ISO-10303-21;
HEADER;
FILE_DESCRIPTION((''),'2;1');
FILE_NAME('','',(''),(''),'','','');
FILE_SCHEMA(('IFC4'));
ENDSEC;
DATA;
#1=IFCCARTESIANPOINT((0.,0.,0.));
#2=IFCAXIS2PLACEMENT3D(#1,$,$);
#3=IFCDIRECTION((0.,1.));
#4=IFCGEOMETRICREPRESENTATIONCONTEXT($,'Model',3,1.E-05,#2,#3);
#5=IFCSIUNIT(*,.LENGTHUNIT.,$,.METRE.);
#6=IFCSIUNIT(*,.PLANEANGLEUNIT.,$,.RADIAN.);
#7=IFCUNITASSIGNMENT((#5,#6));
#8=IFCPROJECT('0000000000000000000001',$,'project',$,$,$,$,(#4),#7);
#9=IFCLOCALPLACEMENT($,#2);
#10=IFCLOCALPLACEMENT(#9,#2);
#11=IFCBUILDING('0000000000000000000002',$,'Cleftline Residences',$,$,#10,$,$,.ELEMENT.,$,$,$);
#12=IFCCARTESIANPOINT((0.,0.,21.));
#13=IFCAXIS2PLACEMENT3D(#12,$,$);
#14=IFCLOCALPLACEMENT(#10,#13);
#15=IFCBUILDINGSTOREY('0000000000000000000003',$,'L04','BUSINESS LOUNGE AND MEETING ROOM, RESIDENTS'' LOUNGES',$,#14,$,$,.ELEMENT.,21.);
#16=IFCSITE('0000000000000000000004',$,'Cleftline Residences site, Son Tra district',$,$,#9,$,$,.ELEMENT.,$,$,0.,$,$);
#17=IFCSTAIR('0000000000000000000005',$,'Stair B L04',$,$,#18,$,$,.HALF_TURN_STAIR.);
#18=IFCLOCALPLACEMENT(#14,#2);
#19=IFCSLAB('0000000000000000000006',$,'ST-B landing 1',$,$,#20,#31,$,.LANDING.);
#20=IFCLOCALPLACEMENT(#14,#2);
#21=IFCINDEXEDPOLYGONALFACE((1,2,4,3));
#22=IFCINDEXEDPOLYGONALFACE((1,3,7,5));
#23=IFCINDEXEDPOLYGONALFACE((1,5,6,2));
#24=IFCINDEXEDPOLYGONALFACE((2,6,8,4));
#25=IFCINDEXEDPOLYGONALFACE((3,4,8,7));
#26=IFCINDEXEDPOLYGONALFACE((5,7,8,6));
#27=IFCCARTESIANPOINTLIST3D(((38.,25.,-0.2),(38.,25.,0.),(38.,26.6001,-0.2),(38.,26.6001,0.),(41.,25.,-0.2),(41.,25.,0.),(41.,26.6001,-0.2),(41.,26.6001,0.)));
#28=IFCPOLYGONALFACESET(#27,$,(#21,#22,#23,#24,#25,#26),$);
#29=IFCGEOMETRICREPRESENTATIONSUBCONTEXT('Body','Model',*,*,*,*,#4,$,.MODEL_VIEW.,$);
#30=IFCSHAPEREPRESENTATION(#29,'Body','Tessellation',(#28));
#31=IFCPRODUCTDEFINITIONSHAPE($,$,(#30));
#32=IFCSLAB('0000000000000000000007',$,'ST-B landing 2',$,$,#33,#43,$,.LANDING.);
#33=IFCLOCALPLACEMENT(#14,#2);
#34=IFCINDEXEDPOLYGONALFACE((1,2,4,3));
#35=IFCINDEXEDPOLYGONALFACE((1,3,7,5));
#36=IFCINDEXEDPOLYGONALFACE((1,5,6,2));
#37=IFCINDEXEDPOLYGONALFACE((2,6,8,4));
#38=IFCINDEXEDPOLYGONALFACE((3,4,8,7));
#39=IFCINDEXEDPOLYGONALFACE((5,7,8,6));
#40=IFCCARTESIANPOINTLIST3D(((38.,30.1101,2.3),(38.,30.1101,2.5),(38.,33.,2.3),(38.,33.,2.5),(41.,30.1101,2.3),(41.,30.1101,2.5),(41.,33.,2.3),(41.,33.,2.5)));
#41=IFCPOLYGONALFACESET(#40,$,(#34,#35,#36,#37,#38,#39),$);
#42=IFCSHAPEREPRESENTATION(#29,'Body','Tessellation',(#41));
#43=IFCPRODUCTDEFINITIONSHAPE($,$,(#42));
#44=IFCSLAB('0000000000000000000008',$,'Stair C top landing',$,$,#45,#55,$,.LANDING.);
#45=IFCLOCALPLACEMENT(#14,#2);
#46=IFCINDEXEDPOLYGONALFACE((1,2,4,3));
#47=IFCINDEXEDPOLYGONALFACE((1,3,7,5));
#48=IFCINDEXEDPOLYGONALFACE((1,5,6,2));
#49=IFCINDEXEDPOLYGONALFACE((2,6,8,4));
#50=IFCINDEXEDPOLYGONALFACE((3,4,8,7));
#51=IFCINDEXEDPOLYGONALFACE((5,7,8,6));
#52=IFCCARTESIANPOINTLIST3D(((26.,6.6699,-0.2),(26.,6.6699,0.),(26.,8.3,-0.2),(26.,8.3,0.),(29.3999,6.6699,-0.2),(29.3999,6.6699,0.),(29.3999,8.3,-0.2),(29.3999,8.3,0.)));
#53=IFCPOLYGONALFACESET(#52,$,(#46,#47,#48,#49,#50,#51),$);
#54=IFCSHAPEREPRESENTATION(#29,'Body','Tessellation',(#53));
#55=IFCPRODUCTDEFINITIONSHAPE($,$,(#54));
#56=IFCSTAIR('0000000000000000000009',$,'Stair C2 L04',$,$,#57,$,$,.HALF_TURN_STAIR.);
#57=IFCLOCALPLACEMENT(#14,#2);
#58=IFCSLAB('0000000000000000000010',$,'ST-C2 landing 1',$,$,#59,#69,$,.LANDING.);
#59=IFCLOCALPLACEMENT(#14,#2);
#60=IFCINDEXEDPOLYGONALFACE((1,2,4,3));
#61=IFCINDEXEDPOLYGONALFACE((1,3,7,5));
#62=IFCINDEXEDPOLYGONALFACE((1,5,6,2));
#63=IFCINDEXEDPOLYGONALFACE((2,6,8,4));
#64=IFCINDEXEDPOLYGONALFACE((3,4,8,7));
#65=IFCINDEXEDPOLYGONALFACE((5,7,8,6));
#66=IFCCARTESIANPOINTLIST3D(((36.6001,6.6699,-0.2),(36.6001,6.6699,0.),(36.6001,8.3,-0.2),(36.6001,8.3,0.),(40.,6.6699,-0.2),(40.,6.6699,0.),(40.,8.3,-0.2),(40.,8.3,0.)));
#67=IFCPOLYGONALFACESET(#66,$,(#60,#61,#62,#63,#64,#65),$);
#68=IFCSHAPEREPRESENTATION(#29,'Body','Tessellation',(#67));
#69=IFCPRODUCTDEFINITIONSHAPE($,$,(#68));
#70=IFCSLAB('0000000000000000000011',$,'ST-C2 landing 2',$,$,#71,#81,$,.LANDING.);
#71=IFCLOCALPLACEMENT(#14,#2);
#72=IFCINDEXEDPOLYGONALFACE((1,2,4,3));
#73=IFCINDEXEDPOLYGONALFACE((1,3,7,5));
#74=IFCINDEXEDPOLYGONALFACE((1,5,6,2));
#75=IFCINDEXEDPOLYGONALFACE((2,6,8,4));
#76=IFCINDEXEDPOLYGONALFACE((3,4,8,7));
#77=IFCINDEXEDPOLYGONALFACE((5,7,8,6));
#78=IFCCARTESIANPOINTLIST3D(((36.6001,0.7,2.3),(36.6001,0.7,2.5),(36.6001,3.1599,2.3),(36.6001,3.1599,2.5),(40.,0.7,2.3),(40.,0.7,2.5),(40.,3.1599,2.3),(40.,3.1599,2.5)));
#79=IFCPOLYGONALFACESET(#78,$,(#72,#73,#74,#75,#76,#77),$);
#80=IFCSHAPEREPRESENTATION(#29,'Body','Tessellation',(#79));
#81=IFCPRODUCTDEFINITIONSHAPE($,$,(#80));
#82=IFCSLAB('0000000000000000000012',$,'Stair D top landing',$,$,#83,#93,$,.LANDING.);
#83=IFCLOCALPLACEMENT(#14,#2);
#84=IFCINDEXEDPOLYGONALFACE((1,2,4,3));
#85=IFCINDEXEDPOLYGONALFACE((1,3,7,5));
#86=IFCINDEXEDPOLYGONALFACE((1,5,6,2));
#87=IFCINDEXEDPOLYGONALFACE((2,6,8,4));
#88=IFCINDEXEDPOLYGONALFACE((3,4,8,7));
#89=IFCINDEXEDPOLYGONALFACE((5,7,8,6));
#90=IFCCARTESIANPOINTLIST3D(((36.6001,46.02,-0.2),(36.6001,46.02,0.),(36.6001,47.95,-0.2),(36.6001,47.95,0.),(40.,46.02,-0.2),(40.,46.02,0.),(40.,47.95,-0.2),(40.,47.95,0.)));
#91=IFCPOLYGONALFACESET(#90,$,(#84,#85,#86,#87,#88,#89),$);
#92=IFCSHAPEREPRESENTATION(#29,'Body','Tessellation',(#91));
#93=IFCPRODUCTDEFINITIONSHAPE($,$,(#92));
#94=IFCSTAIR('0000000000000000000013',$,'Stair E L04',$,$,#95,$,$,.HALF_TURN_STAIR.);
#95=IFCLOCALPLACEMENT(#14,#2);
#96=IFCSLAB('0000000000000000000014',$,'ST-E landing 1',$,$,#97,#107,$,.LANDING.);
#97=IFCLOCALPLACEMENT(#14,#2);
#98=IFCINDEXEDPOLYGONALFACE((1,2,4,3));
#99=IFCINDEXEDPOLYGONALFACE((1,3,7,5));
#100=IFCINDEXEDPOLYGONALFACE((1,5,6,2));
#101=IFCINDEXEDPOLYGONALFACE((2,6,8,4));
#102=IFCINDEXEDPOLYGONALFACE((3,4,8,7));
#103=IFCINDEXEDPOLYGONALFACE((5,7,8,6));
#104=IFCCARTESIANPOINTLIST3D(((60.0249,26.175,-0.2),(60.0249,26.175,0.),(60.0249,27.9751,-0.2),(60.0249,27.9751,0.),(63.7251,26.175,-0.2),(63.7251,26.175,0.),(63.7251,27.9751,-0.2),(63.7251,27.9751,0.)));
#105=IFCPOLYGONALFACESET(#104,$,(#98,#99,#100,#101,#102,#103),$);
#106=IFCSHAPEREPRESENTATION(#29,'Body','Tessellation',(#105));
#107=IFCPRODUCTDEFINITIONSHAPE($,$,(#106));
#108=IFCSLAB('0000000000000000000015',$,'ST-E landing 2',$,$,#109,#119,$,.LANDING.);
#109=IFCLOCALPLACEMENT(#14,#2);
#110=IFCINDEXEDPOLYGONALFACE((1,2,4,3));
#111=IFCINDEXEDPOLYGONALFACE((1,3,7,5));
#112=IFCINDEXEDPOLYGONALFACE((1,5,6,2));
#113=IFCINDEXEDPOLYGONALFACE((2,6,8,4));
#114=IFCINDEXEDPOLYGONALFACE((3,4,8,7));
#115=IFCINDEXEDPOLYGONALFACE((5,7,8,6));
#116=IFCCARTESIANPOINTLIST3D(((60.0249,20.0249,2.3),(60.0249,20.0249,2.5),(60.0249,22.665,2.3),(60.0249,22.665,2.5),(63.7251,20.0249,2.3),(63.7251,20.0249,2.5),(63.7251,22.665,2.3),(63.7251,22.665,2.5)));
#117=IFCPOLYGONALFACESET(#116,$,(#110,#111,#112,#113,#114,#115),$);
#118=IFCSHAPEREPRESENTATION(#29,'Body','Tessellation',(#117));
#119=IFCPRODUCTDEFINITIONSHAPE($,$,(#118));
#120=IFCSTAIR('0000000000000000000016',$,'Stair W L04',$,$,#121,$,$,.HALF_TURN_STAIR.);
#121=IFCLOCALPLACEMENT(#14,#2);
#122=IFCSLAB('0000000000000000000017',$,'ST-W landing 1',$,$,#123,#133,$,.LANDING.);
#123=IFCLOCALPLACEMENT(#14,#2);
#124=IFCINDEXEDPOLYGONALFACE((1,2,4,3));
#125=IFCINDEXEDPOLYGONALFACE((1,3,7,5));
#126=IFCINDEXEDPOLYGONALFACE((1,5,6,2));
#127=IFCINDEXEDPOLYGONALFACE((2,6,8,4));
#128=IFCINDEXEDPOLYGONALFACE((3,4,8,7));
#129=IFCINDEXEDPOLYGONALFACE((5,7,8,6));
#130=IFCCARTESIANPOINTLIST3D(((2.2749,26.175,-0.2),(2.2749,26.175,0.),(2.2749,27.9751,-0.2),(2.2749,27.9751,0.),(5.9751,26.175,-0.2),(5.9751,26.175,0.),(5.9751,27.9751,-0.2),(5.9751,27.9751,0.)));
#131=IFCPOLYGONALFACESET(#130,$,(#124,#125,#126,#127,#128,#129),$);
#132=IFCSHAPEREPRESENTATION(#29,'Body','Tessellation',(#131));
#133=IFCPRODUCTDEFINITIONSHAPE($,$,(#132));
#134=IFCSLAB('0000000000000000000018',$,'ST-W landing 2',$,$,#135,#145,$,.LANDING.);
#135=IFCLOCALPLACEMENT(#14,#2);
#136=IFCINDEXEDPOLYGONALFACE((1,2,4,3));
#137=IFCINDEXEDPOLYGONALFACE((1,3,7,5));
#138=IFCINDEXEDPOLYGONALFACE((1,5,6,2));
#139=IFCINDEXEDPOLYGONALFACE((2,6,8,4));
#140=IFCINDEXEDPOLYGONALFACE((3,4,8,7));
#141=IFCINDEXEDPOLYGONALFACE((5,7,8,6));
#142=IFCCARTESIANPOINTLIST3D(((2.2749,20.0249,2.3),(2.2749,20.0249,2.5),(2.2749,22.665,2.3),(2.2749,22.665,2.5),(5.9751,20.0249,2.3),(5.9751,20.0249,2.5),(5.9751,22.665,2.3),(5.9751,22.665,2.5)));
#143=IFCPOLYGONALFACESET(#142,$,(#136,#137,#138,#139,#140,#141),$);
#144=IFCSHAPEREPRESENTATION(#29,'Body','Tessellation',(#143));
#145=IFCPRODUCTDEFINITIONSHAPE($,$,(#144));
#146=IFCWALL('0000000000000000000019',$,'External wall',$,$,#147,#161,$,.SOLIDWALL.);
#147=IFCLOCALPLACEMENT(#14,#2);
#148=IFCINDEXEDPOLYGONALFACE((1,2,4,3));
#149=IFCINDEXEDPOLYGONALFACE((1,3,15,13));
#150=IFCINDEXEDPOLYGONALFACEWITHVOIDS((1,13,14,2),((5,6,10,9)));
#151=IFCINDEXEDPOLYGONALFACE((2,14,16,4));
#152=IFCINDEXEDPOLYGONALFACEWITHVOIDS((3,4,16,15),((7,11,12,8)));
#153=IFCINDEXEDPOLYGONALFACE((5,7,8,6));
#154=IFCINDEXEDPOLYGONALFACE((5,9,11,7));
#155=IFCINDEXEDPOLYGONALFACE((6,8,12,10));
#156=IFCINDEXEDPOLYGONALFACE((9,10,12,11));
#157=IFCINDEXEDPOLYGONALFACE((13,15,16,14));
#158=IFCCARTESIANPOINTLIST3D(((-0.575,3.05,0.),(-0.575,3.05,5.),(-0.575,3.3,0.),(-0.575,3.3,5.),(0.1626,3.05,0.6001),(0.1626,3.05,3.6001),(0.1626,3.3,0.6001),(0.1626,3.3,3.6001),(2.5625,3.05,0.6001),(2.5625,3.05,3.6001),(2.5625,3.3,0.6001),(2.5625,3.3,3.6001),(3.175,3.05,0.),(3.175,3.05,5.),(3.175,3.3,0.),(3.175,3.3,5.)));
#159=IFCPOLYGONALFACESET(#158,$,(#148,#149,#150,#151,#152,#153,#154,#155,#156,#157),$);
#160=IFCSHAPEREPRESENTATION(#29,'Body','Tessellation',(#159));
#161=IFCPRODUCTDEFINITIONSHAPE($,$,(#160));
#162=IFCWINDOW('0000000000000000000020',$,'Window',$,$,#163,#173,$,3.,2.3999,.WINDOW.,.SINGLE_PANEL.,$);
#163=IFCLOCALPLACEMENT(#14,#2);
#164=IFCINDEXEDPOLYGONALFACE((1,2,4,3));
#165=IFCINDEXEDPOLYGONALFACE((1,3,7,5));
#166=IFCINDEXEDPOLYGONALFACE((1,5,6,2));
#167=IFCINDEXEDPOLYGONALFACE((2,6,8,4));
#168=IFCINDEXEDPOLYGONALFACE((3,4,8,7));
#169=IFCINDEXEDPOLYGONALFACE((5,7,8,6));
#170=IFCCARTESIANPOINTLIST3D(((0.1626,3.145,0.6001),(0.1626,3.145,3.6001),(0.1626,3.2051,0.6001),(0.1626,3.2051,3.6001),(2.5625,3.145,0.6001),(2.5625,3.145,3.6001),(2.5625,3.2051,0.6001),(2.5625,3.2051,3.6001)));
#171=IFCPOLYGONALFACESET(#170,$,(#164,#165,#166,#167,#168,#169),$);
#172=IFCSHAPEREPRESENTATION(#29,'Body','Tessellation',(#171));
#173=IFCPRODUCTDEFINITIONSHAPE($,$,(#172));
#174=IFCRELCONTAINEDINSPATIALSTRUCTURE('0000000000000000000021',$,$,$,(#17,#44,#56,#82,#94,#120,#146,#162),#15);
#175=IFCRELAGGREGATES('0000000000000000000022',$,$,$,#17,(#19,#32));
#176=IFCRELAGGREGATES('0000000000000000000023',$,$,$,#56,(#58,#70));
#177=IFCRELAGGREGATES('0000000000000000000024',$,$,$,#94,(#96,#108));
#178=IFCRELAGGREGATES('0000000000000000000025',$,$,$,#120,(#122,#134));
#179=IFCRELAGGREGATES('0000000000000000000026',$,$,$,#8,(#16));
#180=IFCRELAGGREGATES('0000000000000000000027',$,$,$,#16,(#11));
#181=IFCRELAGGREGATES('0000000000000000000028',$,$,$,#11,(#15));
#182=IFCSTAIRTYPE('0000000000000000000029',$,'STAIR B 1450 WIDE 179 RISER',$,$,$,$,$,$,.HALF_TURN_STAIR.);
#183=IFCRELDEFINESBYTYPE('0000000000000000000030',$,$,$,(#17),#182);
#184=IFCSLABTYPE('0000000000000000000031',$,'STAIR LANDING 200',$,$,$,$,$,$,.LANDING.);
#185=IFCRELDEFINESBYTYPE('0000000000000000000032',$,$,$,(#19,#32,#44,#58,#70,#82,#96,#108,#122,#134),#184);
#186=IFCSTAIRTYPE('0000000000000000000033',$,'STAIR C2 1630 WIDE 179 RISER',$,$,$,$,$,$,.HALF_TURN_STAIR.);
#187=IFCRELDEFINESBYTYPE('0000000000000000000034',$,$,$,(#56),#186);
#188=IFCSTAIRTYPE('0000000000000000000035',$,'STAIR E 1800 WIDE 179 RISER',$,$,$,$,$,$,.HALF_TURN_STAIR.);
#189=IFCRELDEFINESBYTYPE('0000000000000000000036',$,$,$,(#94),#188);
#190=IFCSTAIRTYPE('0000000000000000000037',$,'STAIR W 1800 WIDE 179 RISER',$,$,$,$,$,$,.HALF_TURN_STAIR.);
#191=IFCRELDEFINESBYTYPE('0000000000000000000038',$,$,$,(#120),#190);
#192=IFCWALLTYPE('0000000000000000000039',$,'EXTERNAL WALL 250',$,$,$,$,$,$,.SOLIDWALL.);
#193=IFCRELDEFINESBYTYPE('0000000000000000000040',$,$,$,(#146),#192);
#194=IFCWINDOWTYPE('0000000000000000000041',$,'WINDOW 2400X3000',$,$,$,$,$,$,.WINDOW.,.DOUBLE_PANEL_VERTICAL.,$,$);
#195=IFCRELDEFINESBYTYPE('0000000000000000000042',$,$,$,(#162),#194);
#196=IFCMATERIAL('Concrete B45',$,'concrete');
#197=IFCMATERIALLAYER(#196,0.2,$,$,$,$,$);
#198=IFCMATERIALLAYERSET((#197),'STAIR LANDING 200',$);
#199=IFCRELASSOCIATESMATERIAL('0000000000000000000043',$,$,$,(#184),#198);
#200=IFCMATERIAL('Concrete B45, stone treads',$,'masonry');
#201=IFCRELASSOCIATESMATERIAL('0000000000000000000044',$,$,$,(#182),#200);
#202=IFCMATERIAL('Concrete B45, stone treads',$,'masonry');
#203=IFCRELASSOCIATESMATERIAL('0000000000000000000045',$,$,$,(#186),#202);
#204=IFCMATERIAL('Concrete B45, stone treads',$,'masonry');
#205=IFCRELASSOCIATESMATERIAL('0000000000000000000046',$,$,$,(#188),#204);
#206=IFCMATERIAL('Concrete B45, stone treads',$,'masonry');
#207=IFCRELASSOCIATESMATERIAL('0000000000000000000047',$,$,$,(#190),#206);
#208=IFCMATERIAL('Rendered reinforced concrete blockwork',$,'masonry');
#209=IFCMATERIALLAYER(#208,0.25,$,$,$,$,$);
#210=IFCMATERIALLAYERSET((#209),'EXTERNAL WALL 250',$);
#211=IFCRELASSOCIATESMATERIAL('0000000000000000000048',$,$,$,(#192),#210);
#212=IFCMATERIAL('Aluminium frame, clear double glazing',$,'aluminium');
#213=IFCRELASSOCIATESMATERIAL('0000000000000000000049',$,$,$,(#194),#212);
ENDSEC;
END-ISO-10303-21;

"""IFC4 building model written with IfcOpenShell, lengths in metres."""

from ifc_helpers import new_model, si_unit, direction, frame, frame_2d, origin, place, context, subcontext, project, spatial, polyline, rectangle, outline, extrude, material, layer, layer_set, type_object, element, fill, aggregate, save


model = new_model("IFC4")

# Units and contexts
model_context = context("Model", 3, precision=1e-05, world=origin(), true_north=direction((0.0, 1.0)))
body_context = subcontext(model_context, "Body", "Model", "MODEL_VIEW")
ifc_project = project(units=[si_unit("LENGTHUNIT", "METRE"), si_unit("PLANEANGLEUNIT", "RADIAN")], contexts=[model_context])

# Site, building, storey
site_placement = place(None, origin())
site = spatial("IfcSite", under=ifc_project, at=site_placement, Name="Cleftline Residences site, Son Tra district", CompositionType="ELEMENT", RefElevation=0.0)
building_placement = place(site_placement, origin())
building = spatial("IfcBuilding", under=site, at=building_placement, Name="Cleftline Residences", CompositionType="ELEMENT")
storey_placement = place(building_placement, frame((0.0, 0.0, 21.0)))
storey = spatial("IfcBuildingStorey", under=building, at=storey_placement, Name="L04", Description="BUSINESS LOUNGE AND MEETING ROOM, RESIDENTS' LOUNGES", CompositionType="ELEMENT", Elevation=21.0)

# Stair, slabs
ifc_material_1 = material(Name="Concrete B45", Category="concrete")
ifc_layer_1 = layer(ifc_material_1, 0.2)
ifc_layer_set_1 = layer_set([ifc_layer_1], Name="STAIR LANDING 200")
slab_type_1 = type_object("IfcSlabType", Name="STAIR LANDING 200", PredefinedType="LANDING", material=ifc_layer_set_1)
ifc_material_2 = material(Name="Concrete B45, stone treads", Category="masonry")
stair_type_1 = type_object("IfcStairType", Name="STAIR B 1450 WIDE 179 RISER", PredefinedType="HALF_TURN_STAIR", material=ifc_material_2)
stair_1_placement = place(storey_placement, origin())
stair_1 = element("IfcStair", 1, at=stair_1_placement, inside=storey, type_object=stair_type_1, Name="Stair B L04", PredefinedType="HALF_TURN_STAIR")
slab_1_placement = place(storey_placement, frame((0.0, 0.0, -0.2)))
slab_1 = element("IfcSlab", 2, at=slab_1_placement, type_object=slab_type_1, Name="ST-B landing 1", PredefinedType="LANDING", context=body_context, shape_type="SweptSolid", body=[
    extrude(outline(polyline([(38.0, 25.0), (41.0, 25.0), (41.0, 26.6001), (38.0, 26.6001), (38.0, 25.0)])), origin(), (0.0, 0.0, 1.0), 0.2),
])
slab_2_placement = place(storey_placement, frame((0.0, 0.0, 2.3)))
slab_2 = element("IfcSlab", 3, at=slab_2_placement, type_object=slab_type_1, Name="ST-B landing 2", PredefinedType="LANDING", context=body_context, shape_type="SweptSolid", body=[
    extrude(outline(polyline([(38.0, 30.1101), (41.0, 30.1101), (41.0, 33.0), (38.0, 33.0), (38.0, 30.1101)])), origin(), (0.0, 0.0, 1.0), 0.2),
])
aggregate(stair_1, [slab_1, slab_2])

# Slab
slab_3_placement = place(storey_placement, frame((0.0, 0.0, -0.2)))
element("IfcSlab", 4, at=slab_3_placement, inside=storey, type_object=slab_type_1, Name="Stair C top landing", PredefinedType="LANDING", context=body_context, shape_type="SweptSolid", body=[
    extrude(outline(polyline([(26.0, 6.6699), (29.3999, 6.6699), (29.3999, 8.3), (26.0, 8.3), (26.0, 6.6699)])), origin(), (0.0, 0.0, 1.0), 0.2),
])

# Stair, slabs
ifc_material_3 = material(Name="Concrete B45, stone treads", Category="masonry")
stair_type_2 = type_object("IfcStairType", Name="STAIR C2 1630 WIDE 179 RISER", PredefinedType="HALF_TURN_STAIR", material=ifc_material_3)
stair_2_placement = place(storey_placement, origin())
stair_2 = element("IfcStair", 5, at=stair_2_placement, inside=storey, type_object=stair_type_2, Name="Stair C2 L04", PredefinedType="HALF_TURN_STAIR")
slab_4_placement = place(storey_placement, frame((0.0, 0.0, -0.2)))
slab_4 = element("IfcSlab", 6, at=slab_4_placement, type_object=slab_type_1, Name="ST-C2 landing 1", PredefinedType="LANDING", context=body_context, shape_type="SweptSolid", body=[
    extrude(outline(polyline([(36.6001, 6.6699), (40.0, 6.6699), (40.0, 8.3), (36.6001, 8.3), (36.6001, 6.6699)])), origin(), (0.0, 0.0, 1.0), 0.2),
])
slab_5_placement = place(storey_placement, frame((0.0, 0.0, 2.3)))
slab_5 = element("IfcSlab", 7, at=slab_5_placement, type_object=slab_type_1, Name="ST-C2 landing 2", PredefinedType="LANDING", context=body_context, shape_type="SweptSolid", body=[
    extrude(outline(polyline([(36.6001, 0.7), (40.0, 0.7), (40.0, 3.1599), (36.6001, 3.1599), (36.6001, 0.7)])), origin(), (0.0, 0.0, 1.0), 0.2),
])
aggregate(stair_2, [slab_4, slab_5])

# Slab
slab_6_placement = place(storey_placement, frame((0.0, 0.0, -0.2)))
element("IfcSlab", 8, at=slab_6_placement, inside=storey, type_object=slab_type_1, Name="Stair D top landing", PredefinedType="LANDING", context=body_context, shape_type="SweptSolid", body=[
    extrude(outline(polyline([(36.6001, 46.02), (40.0, 46.02), (40.0, 47.95), (36.6001, 47.95), (36.6001, 46.02)])), origin(), (0.0, 0.0, 1.0), 0.2),
])

# Stairs, slabs
ifc_material_4 = material(Name="Concrete B45, stone treads", Category="masonry")
stair_type_3 = type_object("IfcStairType", Name="STAIR E 1800 WIDE 179 RISER", PredefinedType="HALF_TURN_STAIR", material=ifc_material_4)
stair_3_placement = place(storey_placement, origin())
stair_3 = element("IfcStair", 9, at=stair_3_placement, inside=storey, type_object=stair_type_3, Name="Stair E L04", PredefinedType="HALF_TURN_STAIR")
slab_7_placement = place(storey_placement, frame((0.0, 0.0, -0.2)))
slab_7 = element("IfcSlab", 10, at=slab_7_placement, type_object=slab_type_1, Name="ST-E landing 1", PredefinedType="LANDING", context=body_context, shape_type="SweptSolid", body=[
    extrude(outline(polyline([(60.0249, 26.175), (63.7251, 26.175), (63.7251, 27.9751), (60.0249, 27.9751), (60.0249, 26.175)])), origin(), (0.0, 0.0, 1.0), 0.2),
])
slab_8_placement = place(storey_placement, frame((0.0, 0.0, 2.3)))
slab_8 = element("IfcSlab", 11, at=slab_8_placement, type_object=slab_type_1, Name="ST-E landing 2", PredefinedType="LANDING", context=body_context, shape_type="SweptSolid", body=[
    extrude(outline(polyline([(60.0249, 20.0249), (63.7251, 20.0249), (63.7251, 22.665), (60.0249, 22.665), (60.0249, 20.0249)])), origin(), (0.0, 0.0, 1.0), 0.2),
])
aggregate(stair_3, [slab_7, slab_8])
ifc_material_5 = material(Name="Concrete B45, stone treads", Category="masonry")
stair_type_4 = type_object("IfcStairType", Name="STAIR W 1800 WIDE 179 RISER", PredefinedType="HALF_TURN_STAIR", material=ifc_material_5)
stair_4_placement = place(storey_placement, origin())
stair_4 = element("IfcStair", 12, at=stair_4_placement, inside=storey, type_object=stair_type_4, Name="Stair W L04", PredefinedType="HALF_TURN_STAIR")
slab_9_placement = place(storey_placement, frame((0.0, 0.0, -0.2)))
slab_9 = element("IfcSlab", 13, at=slab_9_placement, type_object=slab_type_1, Name="ST-W landing 1", PredefinedType="LANDING", context=body_context, shape_type="SweptSolid", body=[
    extrude(outline(polyline([(2.2749, 26.175), (5.9751, 26.175), (5.9751, 27.9751), (2.2749, 27.9751), (2.2749, 26.175)])), origin(), (0.0, 0.0, 1.0), 0.2),
])
slab_10_placement = place(storey_placement, frame((0.0, 0.0, 2.3)))
slab_10 = element("IfcSlab", 14, at=slab_10_placement, type_object=slab_type_1, Name="ST-W landing 2", PredefinedType="LANDING", context=body_context, shape_type="SweptSolid", body=[
    extrude(outline(polyline([(2.2749, 20.0249), (5.9751, 20.0249), (5.9751, 22.665), (2.2749, 22.665), (2.2749, 20.0249)])), origin(), (0.0, 0.0, 1.0), 0.2),
])
aggregate(stair_4, [slab_9, slab_10])

# Wall, opening, window
ifc_material_6 = material(Name="Rendered reinforced concrete blockwork", Category="masonry")
ifc_layer_2 = layer(ifc_material_6, 0.25)
ifc_layer_set_2 = layer_set([ifc_layer_2], Name="EXTERNAL WALL 250")
wall_type = type_object("IfcWallType", Name="EXTERNAL WALL 250", PredefinedType="SOLIDWALL", material=ifc_layer_set_2)
wall_1_placement = place(storey_placement, frame((-0.575, 3.175, 0.0), z_axis=(0.0, 0.0, 1.0), x_axis=(1.0, 0.0, 0.0)))
wall_1 = element("IfcWall", 15, at=wall_1_placement, inside=storey, type_object=wall_type, Name="External wall", PredefinedType="SOLIDWALL", context=body_context, shape_type="SweptSolid", body=[
    extrude(rectangle(XDim=3.75, YDim=0.25, at=frame_2d((1.875, 0.0))), origin(), (0.0, 0.0, 1.0), 5.0),
])
opening_1_placement = place(wall_1_placement, frame((0.7375, 0.0, 0.6001)))
opening_1 = element("IfcOpeningElement", 16, at=opening_1_placement, cuts=wall_1, PredefinedType="OPENING", context=body_context, shape_type="SweptSolid", body=[
    extrude(rectangle(XDim=2.3999, YDim=3.0, at=frame_2d((1.2, 1.5))), frame((0.0, 0.135, 0.0), z_axis=(0.0, -1.0, 0.0), x_axis=(1.0, 0.0, 0.0)), (0.0, 0.0, 1.0), 0.27),
])
ifc_material_7 = material(Name="Aluminium frame, clear double glazing", Category="aluminium")
window_type = type_object("IfcWindowType", Name="WINDOW 2400X3000", PartitioningType="DOUBLE_PANEL_VERTICAL", PredefinedType="WINDOW", material=ifc_material_7)
window_1_placement = place(opening_1_placement, origin())
window_1 = element("IfcWindow", 17, at=window_1_placement, inside=storey, type_object=window_type, Name="Window", OverallHeight=3.0, OverallWidth=2.3999, PartitioningType="SINGLE_PANEL", PredefinedType="WINDOW", context=body_context, shape_type="SweptSolid", body=[
    extrude(rectangle(XDim=2.3999, YDim=3.0, at=frame_2d((1.2, 1.5))), frame((0.0, 0.03, 0.0), z_axis=(0.0, -1.0, 0.0), x_axis=(1.0, 0.0, 0.0)), (0.0, 0.0, 1.0), 0.0601),
])
fill(opening_1, window_1)

save(model, "model.ifc")
